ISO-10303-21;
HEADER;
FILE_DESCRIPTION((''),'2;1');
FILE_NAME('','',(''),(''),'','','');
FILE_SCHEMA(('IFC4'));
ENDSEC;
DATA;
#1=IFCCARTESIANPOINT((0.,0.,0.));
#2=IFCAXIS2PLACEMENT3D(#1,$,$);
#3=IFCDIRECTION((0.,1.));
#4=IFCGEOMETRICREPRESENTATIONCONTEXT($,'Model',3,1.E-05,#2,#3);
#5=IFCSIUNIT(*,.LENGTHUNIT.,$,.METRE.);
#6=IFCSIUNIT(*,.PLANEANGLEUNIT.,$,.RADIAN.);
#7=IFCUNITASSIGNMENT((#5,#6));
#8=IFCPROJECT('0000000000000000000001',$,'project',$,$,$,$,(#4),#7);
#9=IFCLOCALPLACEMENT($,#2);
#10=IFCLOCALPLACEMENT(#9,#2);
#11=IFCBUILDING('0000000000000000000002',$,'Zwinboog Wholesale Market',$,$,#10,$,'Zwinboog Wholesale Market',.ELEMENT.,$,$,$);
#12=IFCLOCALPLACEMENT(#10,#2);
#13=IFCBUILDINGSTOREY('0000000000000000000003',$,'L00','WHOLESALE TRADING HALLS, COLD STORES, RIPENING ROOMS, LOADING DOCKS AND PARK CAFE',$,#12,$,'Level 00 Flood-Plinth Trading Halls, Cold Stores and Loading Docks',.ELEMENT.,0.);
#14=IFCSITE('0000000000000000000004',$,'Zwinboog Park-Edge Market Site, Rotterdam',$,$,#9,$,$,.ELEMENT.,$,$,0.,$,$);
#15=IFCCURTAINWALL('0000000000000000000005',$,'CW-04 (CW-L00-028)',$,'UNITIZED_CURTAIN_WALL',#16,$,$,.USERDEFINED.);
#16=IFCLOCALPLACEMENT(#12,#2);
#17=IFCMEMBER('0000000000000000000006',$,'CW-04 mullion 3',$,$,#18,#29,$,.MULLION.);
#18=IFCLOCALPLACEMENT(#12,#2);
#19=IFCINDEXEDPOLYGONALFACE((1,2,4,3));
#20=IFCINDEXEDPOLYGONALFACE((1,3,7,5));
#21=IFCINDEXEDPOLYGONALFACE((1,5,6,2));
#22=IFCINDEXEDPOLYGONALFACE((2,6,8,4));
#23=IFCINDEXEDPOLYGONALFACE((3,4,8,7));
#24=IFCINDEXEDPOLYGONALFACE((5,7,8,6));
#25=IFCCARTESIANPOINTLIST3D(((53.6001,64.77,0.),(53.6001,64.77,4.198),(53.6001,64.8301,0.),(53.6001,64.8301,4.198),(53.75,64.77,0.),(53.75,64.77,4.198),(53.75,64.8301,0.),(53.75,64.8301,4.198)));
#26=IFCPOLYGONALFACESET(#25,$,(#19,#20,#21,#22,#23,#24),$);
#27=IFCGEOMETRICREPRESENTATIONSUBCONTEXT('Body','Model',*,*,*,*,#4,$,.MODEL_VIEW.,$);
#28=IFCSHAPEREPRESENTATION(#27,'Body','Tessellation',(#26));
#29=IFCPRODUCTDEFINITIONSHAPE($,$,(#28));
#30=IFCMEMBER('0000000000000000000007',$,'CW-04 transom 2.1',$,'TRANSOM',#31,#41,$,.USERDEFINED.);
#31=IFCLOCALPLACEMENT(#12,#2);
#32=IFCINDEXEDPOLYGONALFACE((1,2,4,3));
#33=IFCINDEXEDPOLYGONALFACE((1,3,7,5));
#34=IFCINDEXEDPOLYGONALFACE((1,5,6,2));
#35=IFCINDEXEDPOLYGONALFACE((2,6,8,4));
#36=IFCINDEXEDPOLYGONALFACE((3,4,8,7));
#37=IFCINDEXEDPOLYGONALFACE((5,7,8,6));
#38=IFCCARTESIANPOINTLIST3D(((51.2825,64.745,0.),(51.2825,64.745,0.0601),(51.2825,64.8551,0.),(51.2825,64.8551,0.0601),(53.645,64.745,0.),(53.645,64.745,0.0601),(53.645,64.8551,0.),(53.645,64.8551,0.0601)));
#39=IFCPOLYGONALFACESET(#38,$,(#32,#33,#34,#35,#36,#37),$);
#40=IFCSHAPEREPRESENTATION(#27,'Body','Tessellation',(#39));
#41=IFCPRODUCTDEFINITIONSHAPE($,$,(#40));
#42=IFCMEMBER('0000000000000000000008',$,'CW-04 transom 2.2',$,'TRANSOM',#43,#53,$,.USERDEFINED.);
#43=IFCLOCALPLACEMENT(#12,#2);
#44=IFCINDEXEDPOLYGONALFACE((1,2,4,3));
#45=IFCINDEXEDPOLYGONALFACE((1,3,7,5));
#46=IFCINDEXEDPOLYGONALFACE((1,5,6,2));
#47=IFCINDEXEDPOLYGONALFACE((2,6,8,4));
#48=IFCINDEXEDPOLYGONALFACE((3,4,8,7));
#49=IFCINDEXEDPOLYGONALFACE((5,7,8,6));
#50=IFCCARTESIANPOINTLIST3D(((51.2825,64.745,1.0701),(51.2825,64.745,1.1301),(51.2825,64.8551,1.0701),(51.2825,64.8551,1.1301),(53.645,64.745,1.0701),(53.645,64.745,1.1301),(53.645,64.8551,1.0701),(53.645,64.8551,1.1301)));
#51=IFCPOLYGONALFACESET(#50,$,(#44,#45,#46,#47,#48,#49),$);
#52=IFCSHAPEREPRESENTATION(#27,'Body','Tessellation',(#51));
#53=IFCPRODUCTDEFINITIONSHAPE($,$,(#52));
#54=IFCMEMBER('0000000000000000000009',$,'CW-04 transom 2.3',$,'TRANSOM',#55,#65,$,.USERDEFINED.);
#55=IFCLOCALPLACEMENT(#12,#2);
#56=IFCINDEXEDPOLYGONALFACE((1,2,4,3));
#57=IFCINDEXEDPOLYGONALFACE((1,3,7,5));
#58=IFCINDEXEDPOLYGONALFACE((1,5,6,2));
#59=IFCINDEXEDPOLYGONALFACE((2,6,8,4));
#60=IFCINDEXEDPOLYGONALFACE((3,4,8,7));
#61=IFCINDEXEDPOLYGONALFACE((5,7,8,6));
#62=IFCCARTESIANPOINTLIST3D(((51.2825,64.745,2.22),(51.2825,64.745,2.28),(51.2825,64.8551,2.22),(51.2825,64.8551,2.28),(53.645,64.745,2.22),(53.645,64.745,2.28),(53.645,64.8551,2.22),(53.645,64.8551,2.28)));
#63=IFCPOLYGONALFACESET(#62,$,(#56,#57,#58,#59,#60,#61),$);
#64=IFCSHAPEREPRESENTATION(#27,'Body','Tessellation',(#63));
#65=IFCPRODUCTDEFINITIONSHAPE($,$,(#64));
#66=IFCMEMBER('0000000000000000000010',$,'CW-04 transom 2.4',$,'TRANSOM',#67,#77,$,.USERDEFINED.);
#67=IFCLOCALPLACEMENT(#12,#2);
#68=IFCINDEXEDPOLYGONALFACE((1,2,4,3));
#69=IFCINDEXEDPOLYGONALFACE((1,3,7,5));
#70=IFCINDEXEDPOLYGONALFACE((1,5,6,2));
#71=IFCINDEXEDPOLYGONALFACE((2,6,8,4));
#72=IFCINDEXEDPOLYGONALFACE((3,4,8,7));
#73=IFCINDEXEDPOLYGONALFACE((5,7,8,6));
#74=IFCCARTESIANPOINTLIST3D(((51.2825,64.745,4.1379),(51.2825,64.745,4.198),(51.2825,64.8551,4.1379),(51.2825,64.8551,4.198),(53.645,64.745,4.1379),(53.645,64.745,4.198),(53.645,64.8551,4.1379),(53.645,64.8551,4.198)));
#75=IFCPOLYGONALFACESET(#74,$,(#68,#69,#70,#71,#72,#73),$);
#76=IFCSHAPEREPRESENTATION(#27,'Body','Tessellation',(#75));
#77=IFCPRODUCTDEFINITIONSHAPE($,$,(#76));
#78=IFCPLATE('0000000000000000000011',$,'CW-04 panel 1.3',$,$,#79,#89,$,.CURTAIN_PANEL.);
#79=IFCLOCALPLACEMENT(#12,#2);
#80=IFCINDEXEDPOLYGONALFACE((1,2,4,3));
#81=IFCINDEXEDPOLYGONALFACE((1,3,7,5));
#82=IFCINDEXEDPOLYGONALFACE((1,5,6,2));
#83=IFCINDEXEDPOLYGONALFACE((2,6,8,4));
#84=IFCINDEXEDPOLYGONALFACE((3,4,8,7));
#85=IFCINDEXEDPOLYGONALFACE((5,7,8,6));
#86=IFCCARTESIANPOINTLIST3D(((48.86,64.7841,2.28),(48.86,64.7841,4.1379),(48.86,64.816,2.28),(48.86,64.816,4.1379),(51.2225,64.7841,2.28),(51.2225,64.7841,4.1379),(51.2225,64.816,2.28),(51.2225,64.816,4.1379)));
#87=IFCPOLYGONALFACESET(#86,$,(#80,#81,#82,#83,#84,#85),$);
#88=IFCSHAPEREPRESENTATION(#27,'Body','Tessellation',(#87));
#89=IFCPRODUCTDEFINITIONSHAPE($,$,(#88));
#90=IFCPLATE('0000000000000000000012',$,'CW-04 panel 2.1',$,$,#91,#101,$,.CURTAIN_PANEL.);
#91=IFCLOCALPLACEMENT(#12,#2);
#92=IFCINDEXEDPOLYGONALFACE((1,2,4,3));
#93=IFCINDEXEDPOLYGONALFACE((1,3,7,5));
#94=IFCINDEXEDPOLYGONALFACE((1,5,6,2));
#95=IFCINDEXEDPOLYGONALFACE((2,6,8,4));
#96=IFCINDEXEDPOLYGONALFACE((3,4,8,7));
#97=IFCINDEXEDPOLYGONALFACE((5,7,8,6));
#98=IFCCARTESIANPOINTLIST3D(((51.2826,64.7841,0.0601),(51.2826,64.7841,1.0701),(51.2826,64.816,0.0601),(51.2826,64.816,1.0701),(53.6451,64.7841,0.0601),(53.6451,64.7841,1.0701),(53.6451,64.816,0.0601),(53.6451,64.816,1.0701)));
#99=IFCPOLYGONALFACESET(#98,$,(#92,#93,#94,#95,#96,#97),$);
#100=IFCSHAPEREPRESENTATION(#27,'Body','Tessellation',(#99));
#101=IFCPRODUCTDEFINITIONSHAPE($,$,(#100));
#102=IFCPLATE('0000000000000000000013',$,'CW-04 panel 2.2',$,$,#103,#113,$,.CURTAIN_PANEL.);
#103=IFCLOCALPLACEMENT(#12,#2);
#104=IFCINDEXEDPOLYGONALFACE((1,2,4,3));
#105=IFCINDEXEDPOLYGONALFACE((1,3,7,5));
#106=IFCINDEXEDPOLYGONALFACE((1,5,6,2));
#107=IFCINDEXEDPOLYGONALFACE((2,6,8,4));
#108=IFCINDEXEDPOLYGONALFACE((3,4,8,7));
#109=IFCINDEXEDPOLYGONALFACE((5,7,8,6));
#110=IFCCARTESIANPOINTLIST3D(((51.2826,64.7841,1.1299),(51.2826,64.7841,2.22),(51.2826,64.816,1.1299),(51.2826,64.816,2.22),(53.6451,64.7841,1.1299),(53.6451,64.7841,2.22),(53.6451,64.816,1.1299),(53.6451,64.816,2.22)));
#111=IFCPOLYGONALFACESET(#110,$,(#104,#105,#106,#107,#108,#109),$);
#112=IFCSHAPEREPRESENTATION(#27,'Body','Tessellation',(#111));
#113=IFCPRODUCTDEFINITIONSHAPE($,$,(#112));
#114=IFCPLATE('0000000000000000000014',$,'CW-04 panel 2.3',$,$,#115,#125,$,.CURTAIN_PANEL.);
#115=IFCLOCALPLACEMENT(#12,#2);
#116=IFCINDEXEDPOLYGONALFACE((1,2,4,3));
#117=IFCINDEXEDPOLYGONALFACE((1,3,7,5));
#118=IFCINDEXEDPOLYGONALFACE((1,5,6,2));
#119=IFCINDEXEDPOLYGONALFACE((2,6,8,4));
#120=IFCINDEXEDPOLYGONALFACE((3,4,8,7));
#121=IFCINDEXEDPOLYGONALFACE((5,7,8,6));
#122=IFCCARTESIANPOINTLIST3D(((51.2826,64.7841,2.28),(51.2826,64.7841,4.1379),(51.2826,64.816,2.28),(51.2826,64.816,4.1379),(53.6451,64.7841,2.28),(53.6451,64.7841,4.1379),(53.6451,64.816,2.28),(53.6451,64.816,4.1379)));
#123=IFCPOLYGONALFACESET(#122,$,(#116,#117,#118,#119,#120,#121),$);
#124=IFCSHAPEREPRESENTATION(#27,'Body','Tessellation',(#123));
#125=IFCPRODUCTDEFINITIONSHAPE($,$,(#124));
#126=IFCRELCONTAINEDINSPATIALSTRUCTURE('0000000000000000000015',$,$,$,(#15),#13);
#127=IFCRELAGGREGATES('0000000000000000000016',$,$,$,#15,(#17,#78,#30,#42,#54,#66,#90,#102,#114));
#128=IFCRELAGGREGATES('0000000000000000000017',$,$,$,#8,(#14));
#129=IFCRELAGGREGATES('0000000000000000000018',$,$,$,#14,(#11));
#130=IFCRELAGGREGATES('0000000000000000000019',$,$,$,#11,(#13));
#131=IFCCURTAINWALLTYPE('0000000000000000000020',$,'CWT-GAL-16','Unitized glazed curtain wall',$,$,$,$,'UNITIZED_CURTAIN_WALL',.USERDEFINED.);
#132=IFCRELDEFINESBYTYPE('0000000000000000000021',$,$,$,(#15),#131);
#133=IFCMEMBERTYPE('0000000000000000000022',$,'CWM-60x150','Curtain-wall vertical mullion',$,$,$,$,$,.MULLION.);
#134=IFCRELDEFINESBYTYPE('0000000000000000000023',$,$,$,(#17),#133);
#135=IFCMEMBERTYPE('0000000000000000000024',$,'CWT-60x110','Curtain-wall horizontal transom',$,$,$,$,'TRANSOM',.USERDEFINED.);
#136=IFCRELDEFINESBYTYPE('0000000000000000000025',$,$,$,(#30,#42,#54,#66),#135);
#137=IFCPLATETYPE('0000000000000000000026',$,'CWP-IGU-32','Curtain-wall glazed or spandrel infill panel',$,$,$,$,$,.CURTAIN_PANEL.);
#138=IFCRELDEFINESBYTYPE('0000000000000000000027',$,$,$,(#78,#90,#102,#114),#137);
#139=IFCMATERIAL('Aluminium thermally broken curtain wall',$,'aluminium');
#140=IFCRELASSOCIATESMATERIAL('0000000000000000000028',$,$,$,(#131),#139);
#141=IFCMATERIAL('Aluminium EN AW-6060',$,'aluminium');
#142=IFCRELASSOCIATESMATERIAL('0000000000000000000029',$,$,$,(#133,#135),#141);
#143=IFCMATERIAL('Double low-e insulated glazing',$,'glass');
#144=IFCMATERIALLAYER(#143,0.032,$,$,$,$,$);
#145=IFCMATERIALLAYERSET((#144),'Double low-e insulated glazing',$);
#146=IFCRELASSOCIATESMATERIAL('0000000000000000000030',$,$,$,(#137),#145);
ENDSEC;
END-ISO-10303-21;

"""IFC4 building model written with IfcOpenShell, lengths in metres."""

from ifc_helpers import new_model, si_unit, direction, frame, origin, origin_2d, place, context, subcontext, project, spatial, rectangle, extrude, material, layer, layer_set, material_profile, profile_set, type_object, element, aggregate, save


model = new_model("IFC4")

# Units and contexts
model_context = context("Model", 3, precision=1e-05, world=origin(), true_north=direction((0.0, 1.0)))
body_context = subcontext(model_context, "Body", "Model", "MODEL_VIEW")
ifc_project = project(units=[si_unit("LENGTHUNIT", "METRE"), si_unit("PLANEANGLEUNIT", "RADIAN")], contexts=[model_context])

# Site, building, storey
site_placement = place(None, origin())
site = spatial("IfcSite", under=ifc_project, at=site_placement, Name="Zwinboog Park-Edge Market Site, Rotterdam", CompositionType="ELEMENT", RefElevation=0.0)
building_placement = place(site_placement, origin())
building = spatial("IfcBuilding", under=site, at=building_placement, Name="Zwinboog Wholesale Market", LongName="Zwinboog Wholesale Market", CompositionType="ELEMENT")
storey_placement = place(building_placement, origin())
storey = spatial("IfcBuildingStorey", under=building, at=storey_placement, Name="L00", Description="WHOLESALE TRADING HALLS, COLD STORES, RIPENING ROOMS, LOADING DOCKS AND PARK CAFE", LongName="Level 00 Flood-Plinth Trading Halls, Cold Stores and Loading Docks", CompositionType="ELEMENT", Elevation=0.0)

# Curtain wall, members, plates
ifc_material_1 = material(Name="Aluminium thermally broken curtain wall", Category="aluminium")
curtain_wall_type = type_object("IfcCurtainWallType", Name="CWT-GAL-16", Description="Unitized glazed curtain wall", ElementType="UNITIZED_CURTAIN_WALL", PredefinedType="USERDEFINED", material=ifc_material_1)
curtain_wall_placement = place(storey_placement, origin())
curtain_wall = element("IfcCurtainWall", 1, at=curtain_wall_placement, inside=storey, type_object=curtain_wall_type, Name="CW-04 (CW-L00-028)", ObjectType="UNITIZED_CURTAIN_WALL", PredefinedType="USERDEFINED")
ifc_material_2 = material(Name="Aluminium EN AW-6060", Category="aluminium")
ifc_material_profile_1 = material_profile(ifc_material_2, rectangle(XDim=0.0601, YDim=0.1499, at=origin_2d()), Name="AL 60x150")
ifc_profile_set_1 = profile_set([ifc_material_profile_1], Name="Aluminium EN AW-6060")
member_type_1 = type_object("IfcMemberType", Name="CWM-60x150", Description="Curtain-wall vertical mullion", PredefinedType="MULLION", material=ifc_profile_set_1)
member_1_placement = place(storey_placement, frame((53.675, 64.8, 0.0), z_axis=(0.0, 0.0, 1.0), x_axis=(0.0, 1.0, 0.0)))
member_1 = element("IfcMember", 2, at=member_1_placement, type_object=member_type_1, Name="CW-04 mullion 3", PredefinedType="MULLION", context=body_context, shape_type="SweptSolid", body=[
    extrude(rectangle(XDim=0.0601, YDim=0.1499, at=origin_2d()), origin(), (0.0, 0.0, 1.0), 4.198),
])
ifc_material_profile_2 = material_profile(ifc_material_2, rectangle(XDim=0.1101, YDim=0.0601, at=origin_2d()), Name="AL 60x110")
ifc_profile_set_2 = profile_set([ifc_material_profile_2], Name="Aluminium EN AW-6060")
member_type_2 = type_object("IfcMemberType", Name="CWT-60x110", Description="Curtain-wall horizontal transom", ElementType="TRANSOM", PredefinedType="USERDEFINED", material=ifc_profile_set_2)
member_2_placement = place(storey_placement, frame((51.2825, 64.8, 0.03), z_axis=(1.0, 0.0, 0.0), x_axis=(0.0, 1.0, 0.0)))
member_2 = element("IfcMember", 3, at=member_2_placement, type_object=member_type_2, Name="CW-04 transom 2.1", ObjectType="TRANSOM", PredefinedType="USERDEFINED", context=body_context, shape_type="SweptSolid", body=[
    extrude(rectangle(XDim=0.1101, YDim=0.0601, at=origin_2d()), origin(), (0.0, 0.0, 1.0), 2.3625),
])
member_3_placement = place(storey_placement, frame((51.2825, 64.8, 1.1001), z_axis=(1.0, 0.0, 0.0), x_axis=(0.0, 1.0, 0.0)))
member_3 = element("IfcMember", 4, at=member_3_placement, type_object=member_type_2, Name="CW-04 transom 2.2", ObjectType="TRANSOM", PredefinedType="USERDEFINED", context=body_context, shape_type="SweptSolid", body=[
    extrude(rectangle(XDim=0.1101, YDim=0.0601, at=origin_2d()), origin(), (0.0, 0.0, 1.0), 2.3625),
])
member_4_placement = place(storey_placement, frame((51.2825, 64.8, 2.25), z_axis=(1.0, 0.0, 0.0), x_axis=(0.0, 1.0, 0.0)))
member_4 = element("IfcMember", 5, at=member_4_placement, type_object=member_type_2, Name="CW-04 transom 2.3", ObjectType="TRANSOM", PredefinedType="USERDEFINED", context=body_context, shape_type="SweptSolid", body=[
    extrude(rectangle(XDim=0.1101, YDim=0.0601, at=origin_2d()), origin(), (0.0, 0.0, 1.0), 2.3625),
])
member_5_placement = place(storey_placement, frame((51.2825, 64.8, 4.168), z_axis=(1.0, 0.0, 0.0), x_axis=(0.0, 1.0, 0.0)))
member_5 = element("IfcMember", 6, at=member_5_placement, type_object=member_type_2, Name="CW-04 transom 2.4", ObjectType="TRANSOM", PredefinedType="USERDEFINED", context=body_context, shape_type="SweptSolid", body=[
    extrude(rectangle(XDim=0.1101, YDim=0.0601, at=origin_2d()), origin(), (0.0, 0.0, 1.0), 2.3625),
])
ifc_material_3 = material(Name="Double low-e insulated glazing", Category="glass")
ifc_layer = layer(ifc_material_3, 0.032)
ifc_layer_set = layer_set([ifc_layer], Name="Double low-e insulated glazing")
plate_type = type_object("IfcPlateType", Name="CWP-IGU-32", Description="Curtain-wall glazed or spandrel infill panel", PredefinedType="CURTAIN_PANEL", material=ifc_layer_set)
plate_1_placement = place(storey_placement, frame((50.0413, 64.8, 2.28), z_axis=(0.0, 0.0, 1.0), x_axis=(1.0, 0.0, 0.0)))
plate_1 = element("IfcPlate", 7, at=plate_1_placement, type_object=plate_type, Name="CW-04 panel 1.3", PredefinedType="CURTAIN_PANEL", context=body_context, shape_type="SweptSolid", body=[
    extrude(rectangle(XDim=2.3625, YDim=0.032, at=origin_2d()), origin(), (0.0, 0.0, 1.0), 1.8579),
])
plate_2_placement = place(storey_placement, frame((52.4639, 64.8, 0.0601), z_axis=(0.0, 0.0, 1.0), x_axis=(1.0, 0.0, 0.0)))
plate_2 = element("IfcPlate", 8, at=plate_2_placement, type_object=plate_type, Name="CW-04 panel 2.1", PredefinedType="CURTAIN_PANEL", context=body_context, shape_type="SweptSolid", body=[
    extrude(rectangle(XDim=2.3625, YDim=0.032, at=origin_2d()), origin(), (0.0, 0.0, 1.0), 1.01),
])
plate_3_placement = place(storey_placement, frame((52.4639, 64.8, 1.1299), z_axis=(0.0, 0.0, 1.0), x_axis=(1.0, 0.0, 0.0)))
plate_3 = element("IfcPlate", 9, at=plate_3_placement, type_object=plate_type, Name="CW-04 panel 2.2", PredefinedType="CURTAIN_PANEL", context=body_context, shape_type="SweptSolid", body=[
    extrude(rectangle(XDim=2.3625, YDim=0.032, at=origin_2d()), origin(), (0.0, 0.0, 1.0), 1.0901),
])
plate_4_placement = place(storey_placement, frame((52.4639, 64.8, 2.28), z_axis=(0.0, 0.0, 1.0), x_axis=(1.0, 0.0, 0.0)))
plate_4 = element("IfcPlate", 10, at=plate_4_placement, type_object=plate_type, Name="CW-04 panel 2.3", PredefinedType="CURTAIN_PANEL", context=body_context, shape_type="SweptSolid", body=[
    extrude(rectangle(XDim=2.3625, YDim=0.032, at=origin_2d()), origin(), (0.0, 0.0, 1.0), 1.8579),
])
aggregate(curtain_wall, [member_1, plate_1, member_2, member_3, member_4, member_5, plate_2, plate_3, plate_4])

save(model, "model.ifc")
